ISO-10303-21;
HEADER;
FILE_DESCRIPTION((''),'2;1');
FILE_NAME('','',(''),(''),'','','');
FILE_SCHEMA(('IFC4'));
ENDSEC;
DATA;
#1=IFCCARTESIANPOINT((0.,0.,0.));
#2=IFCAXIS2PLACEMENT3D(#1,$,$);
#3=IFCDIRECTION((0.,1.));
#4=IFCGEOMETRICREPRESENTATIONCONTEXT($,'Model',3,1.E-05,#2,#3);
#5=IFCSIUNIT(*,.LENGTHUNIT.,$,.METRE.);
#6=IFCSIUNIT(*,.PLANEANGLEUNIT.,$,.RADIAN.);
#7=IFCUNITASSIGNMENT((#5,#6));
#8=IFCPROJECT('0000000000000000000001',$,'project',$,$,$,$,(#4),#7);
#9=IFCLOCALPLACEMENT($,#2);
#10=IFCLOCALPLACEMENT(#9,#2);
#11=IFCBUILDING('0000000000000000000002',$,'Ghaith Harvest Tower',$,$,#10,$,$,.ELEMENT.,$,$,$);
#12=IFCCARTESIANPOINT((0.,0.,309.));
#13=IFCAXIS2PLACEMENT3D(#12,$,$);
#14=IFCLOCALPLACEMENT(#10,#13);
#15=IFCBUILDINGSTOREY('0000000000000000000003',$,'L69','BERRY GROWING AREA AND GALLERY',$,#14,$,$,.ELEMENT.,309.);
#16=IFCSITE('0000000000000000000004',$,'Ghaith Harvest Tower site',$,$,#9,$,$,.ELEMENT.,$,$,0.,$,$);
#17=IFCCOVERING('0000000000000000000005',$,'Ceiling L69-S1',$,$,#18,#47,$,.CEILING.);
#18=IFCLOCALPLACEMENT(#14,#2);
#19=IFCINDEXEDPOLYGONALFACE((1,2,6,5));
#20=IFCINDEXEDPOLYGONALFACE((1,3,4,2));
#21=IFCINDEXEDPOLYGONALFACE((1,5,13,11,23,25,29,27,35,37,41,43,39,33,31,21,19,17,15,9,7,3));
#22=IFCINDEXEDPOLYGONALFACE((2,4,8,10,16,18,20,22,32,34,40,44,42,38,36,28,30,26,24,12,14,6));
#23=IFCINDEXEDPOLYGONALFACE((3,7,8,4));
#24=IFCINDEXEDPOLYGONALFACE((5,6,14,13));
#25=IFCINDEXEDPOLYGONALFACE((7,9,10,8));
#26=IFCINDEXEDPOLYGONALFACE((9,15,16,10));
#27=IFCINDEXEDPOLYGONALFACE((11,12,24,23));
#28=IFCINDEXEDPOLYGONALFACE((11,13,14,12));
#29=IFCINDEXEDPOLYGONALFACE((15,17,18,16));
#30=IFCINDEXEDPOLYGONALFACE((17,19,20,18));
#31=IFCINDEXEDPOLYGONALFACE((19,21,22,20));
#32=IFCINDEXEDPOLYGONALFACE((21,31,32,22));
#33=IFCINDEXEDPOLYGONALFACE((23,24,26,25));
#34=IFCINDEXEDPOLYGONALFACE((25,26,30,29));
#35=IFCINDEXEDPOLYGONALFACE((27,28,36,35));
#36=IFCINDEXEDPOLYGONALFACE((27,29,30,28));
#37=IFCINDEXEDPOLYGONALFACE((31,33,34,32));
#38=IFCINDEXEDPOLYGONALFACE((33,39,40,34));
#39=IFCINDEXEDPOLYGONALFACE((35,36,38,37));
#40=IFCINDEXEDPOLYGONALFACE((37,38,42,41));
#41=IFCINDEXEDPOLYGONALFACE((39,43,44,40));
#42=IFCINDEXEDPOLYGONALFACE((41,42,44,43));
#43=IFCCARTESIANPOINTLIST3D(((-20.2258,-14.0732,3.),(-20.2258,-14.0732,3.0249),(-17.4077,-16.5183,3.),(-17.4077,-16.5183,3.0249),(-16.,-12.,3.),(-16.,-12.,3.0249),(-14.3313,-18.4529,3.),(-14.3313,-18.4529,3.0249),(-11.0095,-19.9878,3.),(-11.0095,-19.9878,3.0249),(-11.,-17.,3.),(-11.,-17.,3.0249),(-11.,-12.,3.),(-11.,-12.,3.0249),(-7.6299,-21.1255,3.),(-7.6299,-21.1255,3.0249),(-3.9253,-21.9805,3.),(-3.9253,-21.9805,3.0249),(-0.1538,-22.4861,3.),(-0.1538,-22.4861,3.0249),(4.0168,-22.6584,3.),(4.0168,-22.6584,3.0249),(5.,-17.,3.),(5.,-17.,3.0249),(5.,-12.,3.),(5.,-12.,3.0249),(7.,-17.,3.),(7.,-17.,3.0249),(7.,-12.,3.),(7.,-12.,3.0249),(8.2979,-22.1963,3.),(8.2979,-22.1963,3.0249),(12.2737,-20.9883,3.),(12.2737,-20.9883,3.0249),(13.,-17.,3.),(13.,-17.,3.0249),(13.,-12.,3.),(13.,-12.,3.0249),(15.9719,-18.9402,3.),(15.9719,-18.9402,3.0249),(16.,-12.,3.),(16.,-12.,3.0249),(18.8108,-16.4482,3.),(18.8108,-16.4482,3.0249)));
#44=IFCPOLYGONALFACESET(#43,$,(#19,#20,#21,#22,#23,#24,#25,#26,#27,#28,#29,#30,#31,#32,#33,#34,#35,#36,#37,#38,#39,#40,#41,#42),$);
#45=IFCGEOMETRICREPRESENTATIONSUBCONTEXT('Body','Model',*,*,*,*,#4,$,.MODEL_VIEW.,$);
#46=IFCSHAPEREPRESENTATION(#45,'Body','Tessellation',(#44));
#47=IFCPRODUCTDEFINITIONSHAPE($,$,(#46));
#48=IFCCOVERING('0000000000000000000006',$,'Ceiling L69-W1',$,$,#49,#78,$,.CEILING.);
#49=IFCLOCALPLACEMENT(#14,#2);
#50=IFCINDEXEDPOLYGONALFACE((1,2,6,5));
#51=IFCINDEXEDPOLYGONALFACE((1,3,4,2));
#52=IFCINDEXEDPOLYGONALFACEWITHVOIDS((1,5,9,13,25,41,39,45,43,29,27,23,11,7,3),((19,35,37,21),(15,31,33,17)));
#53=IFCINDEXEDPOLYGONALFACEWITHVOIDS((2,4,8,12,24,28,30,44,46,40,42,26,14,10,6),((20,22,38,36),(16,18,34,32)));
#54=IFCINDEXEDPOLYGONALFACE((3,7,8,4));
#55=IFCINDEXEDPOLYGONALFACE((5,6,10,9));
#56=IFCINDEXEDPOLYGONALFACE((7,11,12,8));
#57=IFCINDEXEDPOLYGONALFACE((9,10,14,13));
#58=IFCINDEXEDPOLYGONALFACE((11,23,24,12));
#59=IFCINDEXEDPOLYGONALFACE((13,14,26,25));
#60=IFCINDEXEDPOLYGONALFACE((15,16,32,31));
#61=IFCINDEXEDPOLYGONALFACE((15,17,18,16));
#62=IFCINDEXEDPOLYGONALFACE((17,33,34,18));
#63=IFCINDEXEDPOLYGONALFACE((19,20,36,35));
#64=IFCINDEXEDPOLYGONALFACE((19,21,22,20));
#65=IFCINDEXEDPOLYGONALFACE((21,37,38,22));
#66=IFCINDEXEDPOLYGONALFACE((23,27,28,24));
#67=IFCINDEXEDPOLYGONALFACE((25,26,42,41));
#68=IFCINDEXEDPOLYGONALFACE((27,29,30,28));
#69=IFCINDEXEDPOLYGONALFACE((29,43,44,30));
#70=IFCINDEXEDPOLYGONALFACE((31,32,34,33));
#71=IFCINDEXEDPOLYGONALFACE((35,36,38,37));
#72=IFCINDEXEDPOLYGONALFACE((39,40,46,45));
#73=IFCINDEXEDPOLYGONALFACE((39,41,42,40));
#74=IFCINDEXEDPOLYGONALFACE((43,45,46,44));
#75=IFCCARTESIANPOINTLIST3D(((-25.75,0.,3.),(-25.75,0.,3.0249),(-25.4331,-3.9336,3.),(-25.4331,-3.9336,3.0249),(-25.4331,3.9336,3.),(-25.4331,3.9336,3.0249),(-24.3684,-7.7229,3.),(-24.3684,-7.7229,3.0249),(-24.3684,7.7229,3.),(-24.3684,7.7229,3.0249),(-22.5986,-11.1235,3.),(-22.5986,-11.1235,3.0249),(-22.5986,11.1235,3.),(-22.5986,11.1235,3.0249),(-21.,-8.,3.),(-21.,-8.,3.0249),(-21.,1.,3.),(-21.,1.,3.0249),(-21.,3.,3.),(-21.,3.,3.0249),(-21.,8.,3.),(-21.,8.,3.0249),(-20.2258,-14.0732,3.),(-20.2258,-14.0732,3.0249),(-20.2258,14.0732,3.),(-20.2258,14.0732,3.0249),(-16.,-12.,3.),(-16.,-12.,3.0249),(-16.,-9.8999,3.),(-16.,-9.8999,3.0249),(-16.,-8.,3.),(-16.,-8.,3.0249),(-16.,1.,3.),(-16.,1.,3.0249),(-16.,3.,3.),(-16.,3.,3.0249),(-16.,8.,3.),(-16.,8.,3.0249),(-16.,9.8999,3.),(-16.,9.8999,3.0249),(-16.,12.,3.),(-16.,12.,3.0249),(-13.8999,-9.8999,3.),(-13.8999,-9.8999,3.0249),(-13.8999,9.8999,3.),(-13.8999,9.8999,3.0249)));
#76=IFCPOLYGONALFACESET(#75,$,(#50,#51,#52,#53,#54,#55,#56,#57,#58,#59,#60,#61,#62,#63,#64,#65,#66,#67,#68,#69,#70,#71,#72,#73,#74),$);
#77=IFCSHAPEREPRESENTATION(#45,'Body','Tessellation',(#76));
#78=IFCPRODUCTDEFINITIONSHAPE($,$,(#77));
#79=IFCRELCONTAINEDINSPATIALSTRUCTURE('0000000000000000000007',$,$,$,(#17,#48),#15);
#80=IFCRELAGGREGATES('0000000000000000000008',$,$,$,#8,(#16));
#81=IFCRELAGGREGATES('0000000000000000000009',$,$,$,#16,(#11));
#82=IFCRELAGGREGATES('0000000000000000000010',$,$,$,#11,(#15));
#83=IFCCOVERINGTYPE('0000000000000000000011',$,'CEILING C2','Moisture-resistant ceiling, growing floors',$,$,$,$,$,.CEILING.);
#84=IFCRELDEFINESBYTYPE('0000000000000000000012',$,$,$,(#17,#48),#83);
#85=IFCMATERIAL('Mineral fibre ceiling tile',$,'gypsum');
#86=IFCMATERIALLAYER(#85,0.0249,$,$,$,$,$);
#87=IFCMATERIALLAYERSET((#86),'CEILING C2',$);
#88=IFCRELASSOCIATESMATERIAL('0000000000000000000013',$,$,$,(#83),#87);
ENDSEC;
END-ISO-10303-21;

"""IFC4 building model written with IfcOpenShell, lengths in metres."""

from ifc_helpers import new_model, si_unit, direction, frame, origin, place, context, subcontext, project, spatial, polyline, outline, extrude, material, layer, layer_set, type_object, element, save


model = new_model("IFC4")

# Units and contexts
model_context = context("Model", 3, precision=1e-05, world=origin(), true_north=direction((0.0, 1.0)))
body_context = subcontext(model_context, "Body", "Model", "MODEL_VIEW")
ifc_project = project(units=[si_unit("LENGTHUNIT", "METRE"), si_unit("PLANEANGLEUNIT", "RADIAN")], contexts=[model_context])

# Site, building, storey
site_placement = place(None, origin())
site = spatial("IfcSite", under=ifc_project, at=site_placement, Name="Ghaith Harvest Tower site", CompositionType="ELEMENT", RefElevation=0.0)
building_placement = place(site_placement, origin())
building = spatial("IfcBuilding", under=site, at=building_placement, Name="Ghaith Harvest Tower", CompositionType="ELEMENT")
storey_placement = place(building_placement, frame((0.0, 0.0, 309.0)))
storey = spatial("IfcBuildingStorey", under=building, at=storey_placement, Name="L69", Description="BERRY GROWING AREA AND GALLERY", CompositionType="ELEMENT", Elevation=309.0)

# Coverings
ifc_material_1 = material(Name="Mineral fibre ceiling tile", Category="gypsum")
ifc_layer_1 = layer(ifc_material_1, 0.0249)
ifc_layer_set_1 = layer_set([ifc_layer_1], Name="CEILING C2")
covering_type = type_object("IfcCoveringType", Name="CEILING C2", Description="Moisture-resistant ceiling, growing floors", PredefinedType="CEILING", material=ifc_layer_set_1)
covering_1_placement = place(storey_placement, frame((0.0, 0.0, 3.0)))
element("IfcCovering", 1, at=covering_1_placement, inside=storey, type_object=covering_type, Name="Ceiling L69-S1", PredefinedType="CEILING", context=body_context, shape_type="SweptSolid", body=[
    extrude(outline(polyline([(-14.3313, -18.4529), (-17.4077, -16.5183), (-20.2258, -14.0732), (-16.0, -12.0), (-11.0, -12.0), (-11.0, -17.0), (5.0, -17.0), (5.0, -12.0), (7.0, -12.0), (7.0, -17.0), (13.0, -17.0), (13.0, -12.0), (16.0, -12.0), (18.8108, -16.4482), (15.9719, -18.9402), (12.2737, -20.9883), (8.2979, -22.1963), (4.0168, -22.6584), (-0.1538, -22.4861), (-3.9253, -21.9805), (-7.6299, -21.1255), (-11.0095, -19.9878), (-14.3313, -18.4529)])), origin(), (0.0, 0.0, 1.0), 0.0249),
])
covering_2_placement = place(storey_placement, frame((0.0, 0.0, 3.0)))
element("IfcCovering", 2, at=covering_2_placement, inside=storey, type_object=covering_type, Name="Ceiling L69-W1", PredefinedType="CEILING", context=body_context, shape_type="SweptSolid", body=[
    extrude(outline(polyline([(-22.5986, -11.1235), (-24.3684, -7.7229), (-25.4331, -3.9336), (-25.75, 0.0), (-25.4331, 3.9336), (-24.3684, 7.7229), (-22.5986, 11.1235), (-20.2258, 14.0732), (-16.0, 12.0), (-16.0, 9.8999), (-13.8999, 9.8999), (-13.8999, -9.8999), (-16.0, -9.8999), (-16.0, -12.0), (-20.2258, -14.0732), (-22.5986, -11.1235)]), holes=[polyline([(-16.0, -8.0), (-16.0, 1.0), (-21.0, 1.0), (-21.0, -8.0), (-16.0, -8.0)]), polyline([(-21.0, 8.0), (-21.0, 3.0), (-16.0, 3.0), (-16.0, 8.0), (-21.0, 8.0)])]), origin(), (0.0, 0.0, 1.0), 0.0249),
])

save(model, "model.ifc")
